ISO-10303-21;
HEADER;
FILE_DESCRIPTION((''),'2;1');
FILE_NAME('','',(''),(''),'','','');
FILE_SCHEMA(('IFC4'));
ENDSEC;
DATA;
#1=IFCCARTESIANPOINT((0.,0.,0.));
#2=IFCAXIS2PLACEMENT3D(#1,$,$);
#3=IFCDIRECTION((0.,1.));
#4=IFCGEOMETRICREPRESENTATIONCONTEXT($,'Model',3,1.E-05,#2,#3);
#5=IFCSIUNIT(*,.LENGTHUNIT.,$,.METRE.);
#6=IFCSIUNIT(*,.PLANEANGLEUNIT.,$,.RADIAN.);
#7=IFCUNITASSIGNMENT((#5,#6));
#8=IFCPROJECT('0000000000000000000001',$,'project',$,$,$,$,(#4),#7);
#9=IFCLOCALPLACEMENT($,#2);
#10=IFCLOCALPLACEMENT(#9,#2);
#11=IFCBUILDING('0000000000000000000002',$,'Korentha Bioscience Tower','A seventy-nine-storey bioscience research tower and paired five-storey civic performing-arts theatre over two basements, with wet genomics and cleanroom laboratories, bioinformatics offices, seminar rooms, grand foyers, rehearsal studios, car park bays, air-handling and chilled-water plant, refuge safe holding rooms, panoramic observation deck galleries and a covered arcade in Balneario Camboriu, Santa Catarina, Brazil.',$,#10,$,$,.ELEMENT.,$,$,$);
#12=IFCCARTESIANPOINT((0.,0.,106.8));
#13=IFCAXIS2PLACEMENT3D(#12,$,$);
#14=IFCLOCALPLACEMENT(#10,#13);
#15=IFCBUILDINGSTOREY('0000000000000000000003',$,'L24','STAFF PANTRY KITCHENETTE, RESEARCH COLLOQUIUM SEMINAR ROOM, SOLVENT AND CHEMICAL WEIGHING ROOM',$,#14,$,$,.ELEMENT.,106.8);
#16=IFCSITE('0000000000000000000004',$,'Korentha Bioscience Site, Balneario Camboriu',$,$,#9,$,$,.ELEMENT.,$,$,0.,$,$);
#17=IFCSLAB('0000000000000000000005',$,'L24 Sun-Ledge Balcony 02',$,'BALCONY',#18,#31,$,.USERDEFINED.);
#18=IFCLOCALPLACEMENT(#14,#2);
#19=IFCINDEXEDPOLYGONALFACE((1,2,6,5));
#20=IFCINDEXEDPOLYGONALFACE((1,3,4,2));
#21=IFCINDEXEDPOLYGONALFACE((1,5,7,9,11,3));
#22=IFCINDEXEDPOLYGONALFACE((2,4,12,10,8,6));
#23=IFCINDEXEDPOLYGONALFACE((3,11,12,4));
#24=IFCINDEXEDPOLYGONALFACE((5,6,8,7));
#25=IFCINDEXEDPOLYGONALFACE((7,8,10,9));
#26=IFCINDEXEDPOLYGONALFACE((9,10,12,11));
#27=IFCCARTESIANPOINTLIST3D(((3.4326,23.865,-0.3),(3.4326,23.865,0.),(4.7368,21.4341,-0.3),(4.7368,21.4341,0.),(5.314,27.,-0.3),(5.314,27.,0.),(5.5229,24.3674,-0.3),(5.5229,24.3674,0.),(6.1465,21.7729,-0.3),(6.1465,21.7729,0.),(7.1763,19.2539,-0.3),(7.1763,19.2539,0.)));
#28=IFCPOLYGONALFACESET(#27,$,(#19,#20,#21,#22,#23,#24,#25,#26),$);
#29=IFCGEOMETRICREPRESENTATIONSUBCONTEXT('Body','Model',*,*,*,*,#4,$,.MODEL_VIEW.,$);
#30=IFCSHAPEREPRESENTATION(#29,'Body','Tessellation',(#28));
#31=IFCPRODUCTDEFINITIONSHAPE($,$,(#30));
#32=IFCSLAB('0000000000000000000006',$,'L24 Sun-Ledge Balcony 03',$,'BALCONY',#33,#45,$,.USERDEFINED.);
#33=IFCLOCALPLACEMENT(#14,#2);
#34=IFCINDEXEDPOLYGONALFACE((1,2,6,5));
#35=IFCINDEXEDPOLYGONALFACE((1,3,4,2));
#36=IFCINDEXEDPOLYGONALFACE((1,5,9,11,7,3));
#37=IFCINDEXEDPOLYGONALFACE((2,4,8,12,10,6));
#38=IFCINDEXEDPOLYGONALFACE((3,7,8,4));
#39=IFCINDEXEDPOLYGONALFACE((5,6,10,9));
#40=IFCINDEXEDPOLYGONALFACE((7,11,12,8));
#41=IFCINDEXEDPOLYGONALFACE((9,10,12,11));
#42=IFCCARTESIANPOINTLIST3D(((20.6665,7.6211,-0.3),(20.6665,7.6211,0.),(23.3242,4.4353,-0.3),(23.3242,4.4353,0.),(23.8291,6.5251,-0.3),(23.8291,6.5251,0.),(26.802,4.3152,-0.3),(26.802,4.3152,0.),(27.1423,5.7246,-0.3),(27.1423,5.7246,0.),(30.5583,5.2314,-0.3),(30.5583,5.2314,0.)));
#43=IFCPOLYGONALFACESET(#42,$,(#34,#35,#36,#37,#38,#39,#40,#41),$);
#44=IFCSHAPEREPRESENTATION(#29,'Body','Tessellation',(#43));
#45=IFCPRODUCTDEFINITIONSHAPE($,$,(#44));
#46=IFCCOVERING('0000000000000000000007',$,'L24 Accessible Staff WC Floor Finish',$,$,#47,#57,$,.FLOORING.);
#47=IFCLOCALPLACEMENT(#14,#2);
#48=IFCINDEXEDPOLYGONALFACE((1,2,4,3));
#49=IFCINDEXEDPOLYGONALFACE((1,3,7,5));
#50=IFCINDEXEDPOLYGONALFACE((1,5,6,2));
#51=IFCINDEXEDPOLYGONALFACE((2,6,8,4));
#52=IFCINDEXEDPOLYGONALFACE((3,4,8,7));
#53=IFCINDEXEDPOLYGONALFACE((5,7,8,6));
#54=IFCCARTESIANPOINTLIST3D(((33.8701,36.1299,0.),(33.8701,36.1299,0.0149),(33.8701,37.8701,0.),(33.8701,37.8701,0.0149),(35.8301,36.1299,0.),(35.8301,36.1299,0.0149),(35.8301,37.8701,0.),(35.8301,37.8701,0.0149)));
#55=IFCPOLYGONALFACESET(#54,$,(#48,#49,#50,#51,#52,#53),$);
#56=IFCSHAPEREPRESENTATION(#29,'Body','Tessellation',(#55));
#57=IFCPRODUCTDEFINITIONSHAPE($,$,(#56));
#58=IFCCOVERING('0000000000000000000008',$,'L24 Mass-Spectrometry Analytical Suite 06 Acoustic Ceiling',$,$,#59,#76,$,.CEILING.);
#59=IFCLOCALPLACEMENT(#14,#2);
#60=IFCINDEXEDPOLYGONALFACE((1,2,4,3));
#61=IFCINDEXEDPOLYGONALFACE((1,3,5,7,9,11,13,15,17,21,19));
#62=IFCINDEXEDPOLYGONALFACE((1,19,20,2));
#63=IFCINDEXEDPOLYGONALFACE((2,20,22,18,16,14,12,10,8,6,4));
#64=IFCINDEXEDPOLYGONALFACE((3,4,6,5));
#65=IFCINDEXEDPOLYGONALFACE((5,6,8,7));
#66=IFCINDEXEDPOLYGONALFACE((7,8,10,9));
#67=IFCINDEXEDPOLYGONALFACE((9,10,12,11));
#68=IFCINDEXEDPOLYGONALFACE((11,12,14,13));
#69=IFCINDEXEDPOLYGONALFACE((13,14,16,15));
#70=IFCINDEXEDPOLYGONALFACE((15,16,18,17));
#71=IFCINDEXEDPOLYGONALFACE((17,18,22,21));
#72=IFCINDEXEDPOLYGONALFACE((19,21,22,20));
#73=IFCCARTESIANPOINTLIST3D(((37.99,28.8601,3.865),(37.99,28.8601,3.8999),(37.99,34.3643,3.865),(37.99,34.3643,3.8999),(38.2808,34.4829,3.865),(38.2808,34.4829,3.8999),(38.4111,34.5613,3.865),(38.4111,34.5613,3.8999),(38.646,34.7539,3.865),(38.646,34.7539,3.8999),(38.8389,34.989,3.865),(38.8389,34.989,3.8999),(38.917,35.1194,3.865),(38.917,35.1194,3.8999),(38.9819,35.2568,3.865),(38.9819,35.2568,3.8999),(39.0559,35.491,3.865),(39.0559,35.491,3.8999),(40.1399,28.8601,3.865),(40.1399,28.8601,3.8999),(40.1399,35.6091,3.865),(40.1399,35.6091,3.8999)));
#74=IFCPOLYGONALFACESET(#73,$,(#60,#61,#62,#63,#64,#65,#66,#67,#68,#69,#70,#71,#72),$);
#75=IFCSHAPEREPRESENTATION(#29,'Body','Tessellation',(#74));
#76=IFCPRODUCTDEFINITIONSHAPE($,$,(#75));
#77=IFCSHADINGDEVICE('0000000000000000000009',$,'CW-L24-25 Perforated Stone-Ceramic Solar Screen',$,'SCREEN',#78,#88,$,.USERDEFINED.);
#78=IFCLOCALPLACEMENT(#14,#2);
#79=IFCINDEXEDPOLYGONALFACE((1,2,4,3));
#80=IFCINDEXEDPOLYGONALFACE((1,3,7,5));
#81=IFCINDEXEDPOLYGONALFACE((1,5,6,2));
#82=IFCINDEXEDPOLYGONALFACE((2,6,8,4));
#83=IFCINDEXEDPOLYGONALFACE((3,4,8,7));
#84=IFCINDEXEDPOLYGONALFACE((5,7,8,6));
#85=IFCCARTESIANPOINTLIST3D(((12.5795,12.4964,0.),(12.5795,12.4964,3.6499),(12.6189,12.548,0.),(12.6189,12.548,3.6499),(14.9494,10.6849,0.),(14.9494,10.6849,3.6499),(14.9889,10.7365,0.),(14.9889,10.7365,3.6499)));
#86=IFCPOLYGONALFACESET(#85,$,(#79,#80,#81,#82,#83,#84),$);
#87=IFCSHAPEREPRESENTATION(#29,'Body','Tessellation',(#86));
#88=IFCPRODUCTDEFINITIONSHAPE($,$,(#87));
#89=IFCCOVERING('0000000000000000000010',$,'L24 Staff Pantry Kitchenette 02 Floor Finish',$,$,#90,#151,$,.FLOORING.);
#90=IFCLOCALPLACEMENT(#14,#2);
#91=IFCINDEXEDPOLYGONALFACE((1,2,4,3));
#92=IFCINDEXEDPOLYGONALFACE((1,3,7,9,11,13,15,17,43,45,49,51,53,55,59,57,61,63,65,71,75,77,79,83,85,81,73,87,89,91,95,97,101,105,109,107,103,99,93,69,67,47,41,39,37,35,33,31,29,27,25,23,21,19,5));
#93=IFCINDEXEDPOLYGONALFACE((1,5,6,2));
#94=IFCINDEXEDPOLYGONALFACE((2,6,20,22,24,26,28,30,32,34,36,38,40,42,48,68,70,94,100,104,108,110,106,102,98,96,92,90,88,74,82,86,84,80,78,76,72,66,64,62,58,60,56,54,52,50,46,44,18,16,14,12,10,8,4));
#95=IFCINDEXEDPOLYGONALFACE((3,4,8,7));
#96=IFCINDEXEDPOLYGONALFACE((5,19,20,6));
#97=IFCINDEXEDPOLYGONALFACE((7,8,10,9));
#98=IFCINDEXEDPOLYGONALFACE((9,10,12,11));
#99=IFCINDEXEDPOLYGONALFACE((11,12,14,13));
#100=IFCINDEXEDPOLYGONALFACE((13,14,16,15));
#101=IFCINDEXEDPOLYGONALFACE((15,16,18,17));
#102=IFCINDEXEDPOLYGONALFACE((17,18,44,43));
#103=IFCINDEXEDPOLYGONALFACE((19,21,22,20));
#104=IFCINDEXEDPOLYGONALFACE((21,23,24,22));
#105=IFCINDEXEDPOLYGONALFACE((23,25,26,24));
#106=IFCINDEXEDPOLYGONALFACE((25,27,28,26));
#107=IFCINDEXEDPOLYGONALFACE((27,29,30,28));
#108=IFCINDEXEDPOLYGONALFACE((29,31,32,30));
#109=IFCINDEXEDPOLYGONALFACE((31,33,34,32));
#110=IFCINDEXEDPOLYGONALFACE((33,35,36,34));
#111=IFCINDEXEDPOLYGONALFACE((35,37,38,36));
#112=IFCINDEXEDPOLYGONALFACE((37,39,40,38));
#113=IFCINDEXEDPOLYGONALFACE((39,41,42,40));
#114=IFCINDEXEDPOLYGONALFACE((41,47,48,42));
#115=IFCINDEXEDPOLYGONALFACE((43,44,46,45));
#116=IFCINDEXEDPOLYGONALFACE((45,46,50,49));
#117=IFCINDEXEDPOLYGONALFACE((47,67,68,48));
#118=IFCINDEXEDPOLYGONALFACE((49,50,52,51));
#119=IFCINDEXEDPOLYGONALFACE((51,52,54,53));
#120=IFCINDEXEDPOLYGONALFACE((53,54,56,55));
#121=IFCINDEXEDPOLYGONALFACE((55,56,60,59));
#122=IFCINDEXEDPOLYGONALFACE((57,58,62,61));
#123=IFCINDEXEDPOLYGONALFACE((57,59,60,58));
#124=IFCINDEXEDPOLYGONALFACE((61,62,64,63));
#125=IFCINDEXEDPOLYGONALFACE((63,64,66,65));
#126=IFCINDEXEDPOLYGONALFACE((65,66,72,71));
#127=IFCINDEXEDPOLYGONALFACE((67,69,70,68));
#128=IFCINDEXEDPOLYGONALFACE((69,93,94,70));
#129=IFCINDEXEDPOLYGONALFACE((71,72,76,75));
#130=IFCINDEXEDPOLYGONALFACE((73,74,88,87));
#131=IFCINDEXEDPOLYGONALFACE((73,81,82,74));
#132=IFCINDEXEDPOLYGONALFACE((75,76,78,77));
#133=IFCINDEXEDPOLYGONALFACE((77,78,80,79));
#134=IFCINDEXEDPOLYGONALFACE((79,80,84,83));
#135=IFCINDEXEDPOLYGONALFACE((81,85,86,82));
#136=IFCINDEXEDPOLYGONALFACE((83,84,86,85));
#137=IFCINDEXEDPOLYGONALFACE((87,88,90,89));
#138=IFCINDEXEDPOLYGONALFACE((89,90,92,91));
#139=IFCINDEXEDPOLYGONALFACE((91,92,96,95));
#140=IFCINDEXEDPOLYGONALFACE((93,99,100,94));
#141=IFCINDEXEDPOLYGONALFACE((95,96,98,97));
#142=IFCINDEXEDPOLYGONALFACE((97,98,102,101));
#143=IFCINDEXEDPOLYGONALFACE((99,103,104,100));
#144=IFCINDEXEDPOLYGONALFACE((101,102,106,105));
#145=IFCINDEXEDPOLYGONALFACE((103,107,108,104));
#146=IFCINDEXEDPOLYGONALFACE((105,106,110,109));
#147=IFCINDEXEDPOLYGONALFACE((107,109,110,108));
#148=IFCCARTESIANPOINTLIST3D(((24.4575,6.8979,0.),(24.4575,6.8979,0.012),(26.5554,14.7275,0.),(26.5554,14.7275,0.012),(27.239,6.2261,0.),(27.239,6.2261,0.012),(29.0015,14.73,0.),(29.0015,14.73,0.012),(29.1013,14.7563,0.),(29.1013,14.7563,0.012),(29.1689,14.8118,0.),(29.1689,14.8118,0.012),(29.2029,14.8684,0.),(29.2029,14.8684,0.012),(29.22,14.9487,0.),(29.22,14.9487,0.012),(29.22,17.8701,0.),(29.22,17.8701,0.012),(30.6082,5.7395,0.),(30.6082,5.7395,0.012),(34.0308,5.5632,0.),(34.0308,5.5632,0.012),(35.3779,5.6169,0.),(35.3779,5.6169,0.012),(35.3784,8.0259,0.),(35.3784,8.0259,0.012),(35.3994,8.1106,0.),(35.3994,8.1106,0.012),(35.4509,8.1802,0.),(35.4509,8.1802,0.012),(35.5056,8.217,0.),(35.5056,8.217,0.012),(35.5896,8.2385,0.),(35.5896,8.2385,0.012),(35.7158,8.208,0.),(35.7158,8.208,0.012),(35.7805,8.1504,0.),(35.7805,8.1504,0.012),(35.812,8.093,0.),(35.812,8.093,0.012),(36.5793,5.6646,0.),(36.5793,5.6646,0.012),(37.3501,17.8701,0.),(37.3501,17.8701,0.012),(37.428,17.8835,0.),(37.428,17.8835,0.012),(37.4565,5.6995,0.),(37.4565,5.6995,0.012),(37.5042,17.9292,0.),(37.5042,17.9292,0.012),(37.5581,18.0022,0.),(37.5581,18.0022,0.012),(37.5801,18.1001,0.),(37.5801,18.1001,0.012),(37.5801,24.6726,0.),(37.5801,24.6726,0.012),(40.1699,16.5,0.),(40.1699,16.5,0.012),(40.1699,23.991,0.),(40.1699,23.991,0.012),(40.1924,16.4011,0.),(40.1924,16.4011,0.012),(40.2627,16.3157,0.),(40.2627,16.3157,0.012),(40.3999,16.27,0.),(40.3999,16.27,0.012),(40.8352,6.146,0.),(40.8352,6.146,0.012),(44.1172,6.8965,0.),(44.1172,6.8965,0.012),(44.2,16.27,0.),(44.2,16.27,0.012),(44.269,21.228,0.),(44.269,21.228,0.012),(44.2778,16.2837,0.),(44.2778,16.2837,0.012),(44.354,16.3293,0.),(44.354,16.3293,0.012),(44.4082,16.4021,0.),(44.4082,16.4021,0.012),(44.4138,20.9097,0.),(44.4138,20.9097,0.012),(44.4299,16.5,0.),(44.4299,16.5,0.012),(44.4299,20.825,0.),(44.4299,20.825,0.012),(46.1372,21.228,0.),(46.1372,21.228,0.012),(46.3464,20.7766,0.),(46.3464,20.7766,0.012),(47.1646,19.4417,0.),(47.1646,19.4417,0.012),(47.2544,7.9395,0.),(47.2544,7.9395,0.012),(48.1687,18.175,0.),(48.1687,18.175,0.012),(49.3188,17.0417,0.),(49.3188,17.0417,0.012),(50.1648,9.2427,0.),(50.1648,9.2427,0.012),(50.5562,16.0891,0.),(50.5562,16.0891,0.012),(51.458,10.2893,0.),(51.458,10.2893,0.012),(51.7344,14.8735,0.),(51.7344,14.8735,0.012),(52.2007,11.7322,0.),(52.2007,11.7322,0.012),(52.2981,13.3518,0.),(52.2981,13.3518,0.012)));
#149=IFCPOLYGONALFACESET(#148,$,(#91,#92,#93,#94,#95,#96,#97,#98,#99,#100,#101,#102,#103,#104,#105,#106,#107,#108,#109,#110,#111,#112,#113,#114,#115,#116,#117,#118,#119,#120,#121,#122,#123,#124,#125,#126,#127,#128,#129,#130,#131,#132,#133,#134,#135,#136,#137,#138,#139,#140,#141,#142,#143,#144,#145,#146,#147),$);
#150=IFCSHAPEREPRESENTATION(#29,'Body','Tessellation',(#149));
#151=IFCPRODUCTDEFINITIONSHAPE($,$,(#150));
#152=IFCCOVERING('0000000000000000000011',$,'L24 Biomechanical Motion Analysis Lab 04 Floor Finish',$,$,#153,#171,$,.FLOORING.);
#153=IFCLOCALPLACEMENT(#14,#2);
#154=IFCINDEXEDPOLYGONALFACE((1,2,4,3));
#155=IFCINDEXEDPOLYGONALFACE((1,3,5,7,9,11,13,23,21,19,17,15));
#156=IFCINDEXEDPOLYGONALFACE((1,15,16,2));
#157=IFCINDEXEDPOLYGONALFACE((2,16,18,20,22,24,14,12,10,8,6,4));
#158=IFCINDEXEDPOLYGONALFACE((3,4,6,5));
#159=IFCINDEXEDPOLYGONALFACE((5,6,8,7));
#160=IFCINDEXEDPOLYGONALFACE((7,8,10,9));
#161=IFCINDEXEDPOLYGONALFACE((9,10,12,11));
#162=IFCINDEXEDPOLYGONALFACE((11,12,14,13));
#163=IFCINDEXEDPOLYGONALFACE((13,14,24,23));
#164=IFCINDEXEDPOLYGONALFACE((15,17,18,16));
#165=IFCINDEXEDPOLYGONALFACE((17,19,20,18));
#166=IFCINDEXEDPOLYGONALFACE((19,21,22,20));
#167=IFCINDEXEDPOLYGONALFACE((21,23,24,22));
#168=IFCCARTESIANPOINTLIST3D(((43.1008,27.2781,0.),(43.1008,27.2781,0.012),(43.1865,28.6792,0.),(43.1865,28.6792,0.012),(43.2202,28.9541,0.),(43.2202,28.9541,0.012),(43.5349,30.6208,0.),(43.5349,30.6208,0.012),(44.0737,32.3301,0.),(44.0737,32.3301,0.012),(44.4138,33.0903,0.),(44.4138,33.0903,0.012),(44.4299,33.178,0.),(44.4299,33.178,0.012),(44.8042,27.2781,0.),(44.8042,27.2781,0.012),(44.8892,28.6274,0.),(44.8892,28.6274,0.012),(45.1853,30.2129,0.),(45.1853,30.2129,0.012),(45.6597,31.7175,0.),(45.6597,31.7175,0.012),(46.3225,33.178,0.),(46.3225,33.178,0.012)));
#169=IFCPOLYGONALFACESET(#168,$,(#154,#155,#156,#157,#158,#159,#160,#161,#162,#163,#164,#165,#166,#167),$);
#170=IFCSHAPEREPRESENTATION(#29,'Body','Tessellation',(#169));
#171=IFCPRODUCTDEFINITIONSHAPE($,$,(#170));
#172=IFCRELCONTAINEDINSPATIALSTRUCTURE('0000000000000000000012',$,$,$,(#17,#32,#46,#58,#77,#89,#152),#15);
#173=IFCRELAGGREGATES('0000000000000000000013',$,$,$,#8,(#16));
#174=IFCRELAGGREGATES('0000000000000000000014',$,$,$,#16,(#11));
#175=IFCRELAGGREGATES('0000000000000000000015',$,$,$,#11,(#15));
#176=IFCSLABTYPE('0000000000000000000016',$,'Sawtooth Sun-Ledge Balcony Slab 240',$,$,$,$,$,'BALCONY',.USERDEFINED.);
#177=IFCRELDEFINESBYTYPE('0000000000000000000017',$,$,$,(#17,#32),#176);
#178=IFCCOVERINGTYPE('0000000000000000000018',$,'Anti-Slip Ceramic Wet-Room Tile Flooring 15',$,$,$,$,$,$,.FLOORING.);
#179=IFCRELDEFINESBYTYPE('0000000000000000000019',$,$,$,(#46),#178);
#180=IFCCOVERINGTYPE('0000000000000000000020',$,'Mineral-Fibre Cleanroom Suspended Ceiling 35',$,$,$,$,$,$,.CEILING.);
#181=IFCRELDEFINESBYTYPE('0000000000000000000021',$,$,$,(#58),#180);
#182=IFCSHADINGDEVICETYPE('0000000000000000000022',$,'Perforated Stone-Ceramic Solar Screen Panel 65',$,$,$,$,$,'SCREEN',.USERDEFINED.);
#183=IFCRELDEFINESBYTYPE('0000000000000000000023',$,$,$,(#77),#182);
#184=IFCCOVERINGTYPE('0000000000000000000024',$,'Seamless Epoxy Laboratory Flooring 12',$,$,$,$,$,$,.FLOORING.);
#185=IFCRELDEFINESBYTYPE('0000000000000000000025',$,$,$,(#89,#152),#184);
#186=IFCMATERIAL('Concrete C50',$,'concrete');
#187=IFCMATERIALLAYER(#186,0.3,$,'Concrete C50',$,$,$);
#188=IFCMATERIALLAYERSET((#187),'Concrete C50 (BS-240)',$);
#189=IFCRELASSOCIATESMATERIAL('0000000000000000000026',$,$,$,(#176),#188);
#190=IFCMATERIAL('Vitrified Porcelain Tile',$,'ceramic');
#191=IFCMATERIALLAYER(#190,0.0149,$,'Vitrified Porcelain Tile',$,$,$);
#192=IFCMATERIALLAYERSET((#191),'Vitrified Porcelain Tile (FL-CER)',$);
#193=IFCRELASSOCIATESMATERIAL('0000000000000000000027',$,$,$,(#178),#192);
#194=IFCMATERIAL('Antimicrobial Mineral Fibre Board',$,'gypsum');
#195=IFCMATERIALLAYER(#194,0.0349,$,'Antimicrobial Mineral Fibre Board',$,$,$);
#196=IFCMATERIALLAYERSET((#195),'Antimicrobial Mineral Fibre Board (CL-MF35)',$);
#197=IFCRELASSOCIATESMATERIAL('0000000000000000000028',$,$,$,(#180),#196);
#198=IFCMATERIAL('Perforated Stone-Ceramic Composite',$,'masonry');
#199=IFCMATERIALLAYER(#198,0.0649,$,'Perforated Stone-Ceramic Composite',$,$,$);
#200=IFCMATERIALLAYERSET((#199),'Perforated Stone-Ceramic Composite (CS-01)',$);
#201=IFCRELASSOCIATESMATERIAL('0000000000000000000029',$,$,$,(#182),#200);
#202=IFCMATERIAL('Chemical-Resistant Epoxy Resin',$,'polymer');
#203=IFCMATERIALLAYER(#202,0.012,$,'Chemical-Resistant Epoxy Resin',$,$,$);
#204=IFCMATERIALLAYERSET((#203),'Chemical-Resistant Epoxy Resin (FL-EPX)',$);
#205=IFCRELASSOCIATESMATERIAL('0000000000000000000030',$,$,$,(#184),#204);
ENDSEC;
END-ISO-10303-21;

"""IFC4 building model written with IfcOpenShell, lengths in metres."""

from ifc_helpers import new_model, si_unit, direction, frame, origin, origin_2d, place, context, subcontext, project, spatial, polyline, rectangle, outline, extrude, material, layer, layer_set, type_object, element, save


model = new_model("IFC4")

# Units and contexts
model_context = context("Model", 3, precision=1e-05, world=origin(), true_north=direction((0.0, 1.0)))
body_context = subcontext(model_context, "Body", "Model", "MODEL_VIEW")
ifc_project = project(units=[si_unit("LENGTHUNIT", "METRE"), si_unit("PLANEANGLEUNIT", "RADIAN")], contexts=[model_context])

# Site, building, storey
site_placement = place(None, origin())
site = spatial("IfcSite", under=ifc_project, at=site_placement, Name="Korentha Bioscience Site, Balneario Camboriu", CompositionType="ELEMENT", RefElevation=0.0)
building_placement = place(site_placement, origin())
building = spatial("IfcBuilding", under=site, at=building_placement, Name="Korentha Bioscience Tower", Description="A seventy-nine-storey bioscience research tower and paired five-storey civic performing-arts theatre over two basements, with wet genomics and cleanroom laboratories, bioinformatics offices, seminar rooms, grand foyers, rehearsal studios, car park bays, air-handling and chilled-water plant, refuge safe holding rooms, panoramic observation deck galleries and a covered arcade in Balneario Camboriu, Santa Catarina, Brazil.", CompositionType="ELEMENT")
storey_placement = place(building_placement, frame((0.0, 0.0, 106.8)))
storey = spatial("IfcBuildingStorey", under=building, at=storey_placement, Name="L24", Description="STAFF PANTRY KITCHENETTE, RESEARCH COLLOQUIUM SEMINAR ROOM, SOLVENT AND CHEMICAL WEIGHING ROOM", CompositionType="ELEMENT", Elevation=106.8)

# Shared definitions
ifc_material_1 = material(Name="Concrete C50", Category="concrete")

# Slabs
ifc_layer_1 = layer(ifc_material_1, 0.3, Name="Concrete C50")
ifc_layer_set_1 = layer_set([ifc_layer_1], Name="Concrete C50 (BS-240)")
slab_type_1 = type_object("IfcSlabType", Name="Sawtooth Sun-Ledge Balcony Slab 240", ElementType="BALCONY", PredefinedType="USERDEFINED", material=ifc_layer_set_1)
slab_1_placement = place(storey_placement, frame((0.0, 0.0, -0.3)))
element("IfcSlab", 1, at=slab_1_placement, inside=storey, type_object=slab_type_1, Name="L24 Sun-Ledge Balcony 02", ObjectType="BALCONY", PredefinedType="USERDEFINED", context=body_context, shape_type="SweptSolid", body=[
    extrude(outline(polyline([(7.1763, 19.2539), (6.1465, 21.7729), (5.5229, 24.3674), (5.314, 27.0), (3.4326, 23.865), (4.7368, 21.4341), (7.1763, 19.2539)])), origin(), (0.0, 0.0, 1.0), 0.3),
])
slab_2_placement = place(storey_placement, frame((0.0, 0.0, -0.3)))
element("IfcSlab", 2, at=slab_2_placement, inside=storey, type_object=slab_type_1, Name="L24 Sun-Ledge Balcony 03", ObjectType="BALCONY", PredefinedType="USERDEFINED", context=body_context, shape_type="SweptSolid", body=[
    extrude(outline(polyline([(30.5583, 5.2314), (27.1423, 5.7246), (23.8291, 6.5251), (20.6665, 7.6211), (23.3242, 4.4353), (26.802, 4.3152), (30.5583, 5.2314)])), origin(), (0.0, 0.0, 1.0), 0.3),
])

# Coverings
ifc_material_2 = material(Name="Vitrified Porcelain Tile", Category="ceramic")
ifc_layer_2 = layer(ifc_material_2, 0.0149, Name="Vitrified Porcelain Tile")
ifc_layer_set_2 = layer_set([ifc_layer_2], Name="Vitrified Porcelain Tile (FL-CER)")
covering_type_1 = type_object("IfcCoveringType", Name="Anti-Slip Ceramic Wet-Room Tile Flooring 15", PredefinedType="FLOORING", material=ifc_layer_set_2)
covering_1_placement = place(storey_placement, origin())
element("IfcCovering", 3, at=covering_1_placement, inside=storey, type_object=covering_type_1, Name="L24 Accessible Staff WC Floor Finish", PredefinedType="FLOORING", context=body_context, shape_type="SweptSolid", body=[
    extrude(outline(polyline([(33.8701, 36.1299), (33.8701, 37.8701), (35.8301, 37.8701), (35.8301, 36.1299), (33.8701, 36.1299)])), origin(), (0.0, 0.0, 1.0), 0.0149),
])
ifc_material_3 = material(Name="Antimicrobial Mineral Fibre Board", Category="gypsum")
ifc_layer_3 = layer(ifc_material_3, 0.0349, Name="Antimicrobial Mineral Fibre Board")
ifc_layer_set_3 = layer_set([ifc_layer_3], Name="Antimicrobial Mineral Fibre Board (CL-MF35)")
covering_type_2 = type_object("IfcCoveringType", Name="Mineral-Fibre Cleanroom Suspended Ceiling 35", PredefinedType="CEILING", material=ifc_layer_set_3)
covering_2_placement = place(storey_placement, frame((0.0, 0.0, 3.865)))
element("IfcCovering", 4, at=covering_2_placement, inside=storey, type_object=covering_type_2, Name="L24 Mass-Spectrometry Analytical Suite 06 Acoustic Ceiling", PredefinedType="CEILING", context=body_context, shape_type="SweptSolid", body=[
    extrude(outline(polyline([(37.99, 28.8601), (37.99, 34.3643), (38.2808, 34.4829), (38.4111, 34.5613), (38.646, 34.7539), (38.8389, 34.989), (38.917, 35.1194), (38.9819, 35.2568), (39.0559, 35.491), (40.1399, 35.6091), (40.1399, 28.8601), (37.99, 28.8601)])), origin(), (0.0, 0.0, 1.0), 0.0349),
])

# Shading device
ifc_material_4 = material(Name="Perforated Stone-Ceramic Composite", Category="masonry")
ifc_layer_4 = layer(ifc_material_4, 0.0649, Name="Perforated Stone-Ceramic Composite")
ifc_layer_set_4 = layer_set([ifc_layer_4], Name="Perforated Stone-Ceramic Composite (CS-01)")
shading_device_type_1 = type_object("IfcShadingDeviceType", Name="Perforated Stone-Ceramic Solar Screen Panel 65", ElementType="SCREEN", PredefinedType="USERDEFINED", material=ifc_layer_set_4)
shading_device_1_placement = place(storey_placement, frame((13.7842, 11.6165, 0.0), z_axis=(0.0, 0.0, 1.0), x_axis=(0.7945, -0.607265, 0.0)))
element("IfcShadingDevice", 5, at=shading_device_1_placement, inside=storey, type_object=shading_device_type_1, Name="CW-L24-25 Perforated Stone-Ceramic Solar Screen", ObjectType="SCREEN", PredefinedType="USERDEFINED", context=body_context, shape_type="SweptSolid", body=[
    extrude(rectangle(XDim=2.9829, YDim=0.0649, at=origin_2d()), origin(), (0.0, 0.0, 1.0), 3.6499),
])

# Coverings
ifc_material_5 = material(Name="Chemical-Resistant Epoxy Resin", Category="polymer")
ifc_layer_5 = layer(ifc_material_5, 0.012, Name="Chemical-Resistant Epoxy Resin")
ifc_layer_set_5 = layer_set([ifc_layer_5], Name="Chemical-Resistant Epoxy Resin (FL-EPX)")
covering_type_3 = type_object("IfcCoveringType", Name="Seamless Epoxy Laboratory Flooring 12", PredefinedType="FLOORING", material=ifc_layer_set_5)
covering_3_placement = place(storey_placement, origin())
element("IfcCovering", 6, at=covering_3_placement, inside=storey, type_object=covering_type_3, Name="L24 Staff Pantry Kitchenette 02 Floor Finish", PredefinedType="FLOORING", context=body_context, shape_type="SweptSolid", body=[
    extrude(outline(polyline([(30.6082, 5.7395), (27.239, 6.2261), (24.4575, 6.8979), (26.5554, 14.7275), (29.0015, 14.73), (29.1013, 14.7563), (29.1689, 14.8118), (29.2029, 14.8684), (29.22, 14.9487), (29.22, 17.8701), (37.3501, 17.8701), (37.428, 17.8835), (37.5042, 17.9292), (37.5581, 18.0022), (37.5801, 18.1001), (37.5801, 24.6726), (40.1699, 23.991), (40.1699, 16.5), (40.1924, 16.4011), (40.2627, 16.3157), (40.3999, 16.27), (44.2, 16.27), (44.2778, 16.2837), (44.354, 16.3293), (44.4082, 16.4021), (44.4299, 16.5), (44.4299, 20.825), (44.4138, 20.9097), (44.269, 21.228), (46.1372, 21.228), (46.3464, 20.7766), (47.1646, 19.4417), (48.1687, 18.175), (49.3188, 17.0417), (50.5562, 16.0891), (51.7344, 14.8735), (52.2981, 13.3518), (52.2007, 11.7322), (51.458, 10.2893), (50.1648, 9.2427), (47.2544, 7.9395), (44.1172, 6.8965), (40.8352, 6.146), (37.4565, 5.6995), (36.5793, 5.6646), (35.812, 8.093), (35.7805, 8.1504), (35.7158, 8.208), (35.5896, 8.2385), (35.5056, 8.217), (35.4509, 8.1802), (35.3994, 8.1106), (35.3784, 8.0259), (35.3779, 5.6169), (34.0308, 5.5632), (30.6082, 5.7395)])), origin(), (0.0, 0.0, 1.0), 0.012),
])
covering_4_placement = place(storey_placement, origin())
element("IfcCovering", 7, at=covering_4_placement, inside=storey, type_object=covering_type_3, Name="L24 Biomechanical Motion Analysis Lab 04 Floor Finish", PredefinedType="FLOORING", context=body_context, shape_type="SweptSolid", body=[
    extrude(outline(polyline([(43.1865, 28.6792), (43.2202, 28.9541), (43.5349, 30.6208), (44.0737, 32.3301), (44.4138, 33.0903), (44.4299, 33.178), (46.3225, 33.178), (45.6597, 31.7175), (45.1853, 30.2129), (44.8892, 28.6274), (44.8042, 27.2781), (43.1008, 27.2781), (43.1865, 28.6792)])), origin(), (0.0, 0.0, 1.0), 0.012),
])

save(model, "model.ifc")
